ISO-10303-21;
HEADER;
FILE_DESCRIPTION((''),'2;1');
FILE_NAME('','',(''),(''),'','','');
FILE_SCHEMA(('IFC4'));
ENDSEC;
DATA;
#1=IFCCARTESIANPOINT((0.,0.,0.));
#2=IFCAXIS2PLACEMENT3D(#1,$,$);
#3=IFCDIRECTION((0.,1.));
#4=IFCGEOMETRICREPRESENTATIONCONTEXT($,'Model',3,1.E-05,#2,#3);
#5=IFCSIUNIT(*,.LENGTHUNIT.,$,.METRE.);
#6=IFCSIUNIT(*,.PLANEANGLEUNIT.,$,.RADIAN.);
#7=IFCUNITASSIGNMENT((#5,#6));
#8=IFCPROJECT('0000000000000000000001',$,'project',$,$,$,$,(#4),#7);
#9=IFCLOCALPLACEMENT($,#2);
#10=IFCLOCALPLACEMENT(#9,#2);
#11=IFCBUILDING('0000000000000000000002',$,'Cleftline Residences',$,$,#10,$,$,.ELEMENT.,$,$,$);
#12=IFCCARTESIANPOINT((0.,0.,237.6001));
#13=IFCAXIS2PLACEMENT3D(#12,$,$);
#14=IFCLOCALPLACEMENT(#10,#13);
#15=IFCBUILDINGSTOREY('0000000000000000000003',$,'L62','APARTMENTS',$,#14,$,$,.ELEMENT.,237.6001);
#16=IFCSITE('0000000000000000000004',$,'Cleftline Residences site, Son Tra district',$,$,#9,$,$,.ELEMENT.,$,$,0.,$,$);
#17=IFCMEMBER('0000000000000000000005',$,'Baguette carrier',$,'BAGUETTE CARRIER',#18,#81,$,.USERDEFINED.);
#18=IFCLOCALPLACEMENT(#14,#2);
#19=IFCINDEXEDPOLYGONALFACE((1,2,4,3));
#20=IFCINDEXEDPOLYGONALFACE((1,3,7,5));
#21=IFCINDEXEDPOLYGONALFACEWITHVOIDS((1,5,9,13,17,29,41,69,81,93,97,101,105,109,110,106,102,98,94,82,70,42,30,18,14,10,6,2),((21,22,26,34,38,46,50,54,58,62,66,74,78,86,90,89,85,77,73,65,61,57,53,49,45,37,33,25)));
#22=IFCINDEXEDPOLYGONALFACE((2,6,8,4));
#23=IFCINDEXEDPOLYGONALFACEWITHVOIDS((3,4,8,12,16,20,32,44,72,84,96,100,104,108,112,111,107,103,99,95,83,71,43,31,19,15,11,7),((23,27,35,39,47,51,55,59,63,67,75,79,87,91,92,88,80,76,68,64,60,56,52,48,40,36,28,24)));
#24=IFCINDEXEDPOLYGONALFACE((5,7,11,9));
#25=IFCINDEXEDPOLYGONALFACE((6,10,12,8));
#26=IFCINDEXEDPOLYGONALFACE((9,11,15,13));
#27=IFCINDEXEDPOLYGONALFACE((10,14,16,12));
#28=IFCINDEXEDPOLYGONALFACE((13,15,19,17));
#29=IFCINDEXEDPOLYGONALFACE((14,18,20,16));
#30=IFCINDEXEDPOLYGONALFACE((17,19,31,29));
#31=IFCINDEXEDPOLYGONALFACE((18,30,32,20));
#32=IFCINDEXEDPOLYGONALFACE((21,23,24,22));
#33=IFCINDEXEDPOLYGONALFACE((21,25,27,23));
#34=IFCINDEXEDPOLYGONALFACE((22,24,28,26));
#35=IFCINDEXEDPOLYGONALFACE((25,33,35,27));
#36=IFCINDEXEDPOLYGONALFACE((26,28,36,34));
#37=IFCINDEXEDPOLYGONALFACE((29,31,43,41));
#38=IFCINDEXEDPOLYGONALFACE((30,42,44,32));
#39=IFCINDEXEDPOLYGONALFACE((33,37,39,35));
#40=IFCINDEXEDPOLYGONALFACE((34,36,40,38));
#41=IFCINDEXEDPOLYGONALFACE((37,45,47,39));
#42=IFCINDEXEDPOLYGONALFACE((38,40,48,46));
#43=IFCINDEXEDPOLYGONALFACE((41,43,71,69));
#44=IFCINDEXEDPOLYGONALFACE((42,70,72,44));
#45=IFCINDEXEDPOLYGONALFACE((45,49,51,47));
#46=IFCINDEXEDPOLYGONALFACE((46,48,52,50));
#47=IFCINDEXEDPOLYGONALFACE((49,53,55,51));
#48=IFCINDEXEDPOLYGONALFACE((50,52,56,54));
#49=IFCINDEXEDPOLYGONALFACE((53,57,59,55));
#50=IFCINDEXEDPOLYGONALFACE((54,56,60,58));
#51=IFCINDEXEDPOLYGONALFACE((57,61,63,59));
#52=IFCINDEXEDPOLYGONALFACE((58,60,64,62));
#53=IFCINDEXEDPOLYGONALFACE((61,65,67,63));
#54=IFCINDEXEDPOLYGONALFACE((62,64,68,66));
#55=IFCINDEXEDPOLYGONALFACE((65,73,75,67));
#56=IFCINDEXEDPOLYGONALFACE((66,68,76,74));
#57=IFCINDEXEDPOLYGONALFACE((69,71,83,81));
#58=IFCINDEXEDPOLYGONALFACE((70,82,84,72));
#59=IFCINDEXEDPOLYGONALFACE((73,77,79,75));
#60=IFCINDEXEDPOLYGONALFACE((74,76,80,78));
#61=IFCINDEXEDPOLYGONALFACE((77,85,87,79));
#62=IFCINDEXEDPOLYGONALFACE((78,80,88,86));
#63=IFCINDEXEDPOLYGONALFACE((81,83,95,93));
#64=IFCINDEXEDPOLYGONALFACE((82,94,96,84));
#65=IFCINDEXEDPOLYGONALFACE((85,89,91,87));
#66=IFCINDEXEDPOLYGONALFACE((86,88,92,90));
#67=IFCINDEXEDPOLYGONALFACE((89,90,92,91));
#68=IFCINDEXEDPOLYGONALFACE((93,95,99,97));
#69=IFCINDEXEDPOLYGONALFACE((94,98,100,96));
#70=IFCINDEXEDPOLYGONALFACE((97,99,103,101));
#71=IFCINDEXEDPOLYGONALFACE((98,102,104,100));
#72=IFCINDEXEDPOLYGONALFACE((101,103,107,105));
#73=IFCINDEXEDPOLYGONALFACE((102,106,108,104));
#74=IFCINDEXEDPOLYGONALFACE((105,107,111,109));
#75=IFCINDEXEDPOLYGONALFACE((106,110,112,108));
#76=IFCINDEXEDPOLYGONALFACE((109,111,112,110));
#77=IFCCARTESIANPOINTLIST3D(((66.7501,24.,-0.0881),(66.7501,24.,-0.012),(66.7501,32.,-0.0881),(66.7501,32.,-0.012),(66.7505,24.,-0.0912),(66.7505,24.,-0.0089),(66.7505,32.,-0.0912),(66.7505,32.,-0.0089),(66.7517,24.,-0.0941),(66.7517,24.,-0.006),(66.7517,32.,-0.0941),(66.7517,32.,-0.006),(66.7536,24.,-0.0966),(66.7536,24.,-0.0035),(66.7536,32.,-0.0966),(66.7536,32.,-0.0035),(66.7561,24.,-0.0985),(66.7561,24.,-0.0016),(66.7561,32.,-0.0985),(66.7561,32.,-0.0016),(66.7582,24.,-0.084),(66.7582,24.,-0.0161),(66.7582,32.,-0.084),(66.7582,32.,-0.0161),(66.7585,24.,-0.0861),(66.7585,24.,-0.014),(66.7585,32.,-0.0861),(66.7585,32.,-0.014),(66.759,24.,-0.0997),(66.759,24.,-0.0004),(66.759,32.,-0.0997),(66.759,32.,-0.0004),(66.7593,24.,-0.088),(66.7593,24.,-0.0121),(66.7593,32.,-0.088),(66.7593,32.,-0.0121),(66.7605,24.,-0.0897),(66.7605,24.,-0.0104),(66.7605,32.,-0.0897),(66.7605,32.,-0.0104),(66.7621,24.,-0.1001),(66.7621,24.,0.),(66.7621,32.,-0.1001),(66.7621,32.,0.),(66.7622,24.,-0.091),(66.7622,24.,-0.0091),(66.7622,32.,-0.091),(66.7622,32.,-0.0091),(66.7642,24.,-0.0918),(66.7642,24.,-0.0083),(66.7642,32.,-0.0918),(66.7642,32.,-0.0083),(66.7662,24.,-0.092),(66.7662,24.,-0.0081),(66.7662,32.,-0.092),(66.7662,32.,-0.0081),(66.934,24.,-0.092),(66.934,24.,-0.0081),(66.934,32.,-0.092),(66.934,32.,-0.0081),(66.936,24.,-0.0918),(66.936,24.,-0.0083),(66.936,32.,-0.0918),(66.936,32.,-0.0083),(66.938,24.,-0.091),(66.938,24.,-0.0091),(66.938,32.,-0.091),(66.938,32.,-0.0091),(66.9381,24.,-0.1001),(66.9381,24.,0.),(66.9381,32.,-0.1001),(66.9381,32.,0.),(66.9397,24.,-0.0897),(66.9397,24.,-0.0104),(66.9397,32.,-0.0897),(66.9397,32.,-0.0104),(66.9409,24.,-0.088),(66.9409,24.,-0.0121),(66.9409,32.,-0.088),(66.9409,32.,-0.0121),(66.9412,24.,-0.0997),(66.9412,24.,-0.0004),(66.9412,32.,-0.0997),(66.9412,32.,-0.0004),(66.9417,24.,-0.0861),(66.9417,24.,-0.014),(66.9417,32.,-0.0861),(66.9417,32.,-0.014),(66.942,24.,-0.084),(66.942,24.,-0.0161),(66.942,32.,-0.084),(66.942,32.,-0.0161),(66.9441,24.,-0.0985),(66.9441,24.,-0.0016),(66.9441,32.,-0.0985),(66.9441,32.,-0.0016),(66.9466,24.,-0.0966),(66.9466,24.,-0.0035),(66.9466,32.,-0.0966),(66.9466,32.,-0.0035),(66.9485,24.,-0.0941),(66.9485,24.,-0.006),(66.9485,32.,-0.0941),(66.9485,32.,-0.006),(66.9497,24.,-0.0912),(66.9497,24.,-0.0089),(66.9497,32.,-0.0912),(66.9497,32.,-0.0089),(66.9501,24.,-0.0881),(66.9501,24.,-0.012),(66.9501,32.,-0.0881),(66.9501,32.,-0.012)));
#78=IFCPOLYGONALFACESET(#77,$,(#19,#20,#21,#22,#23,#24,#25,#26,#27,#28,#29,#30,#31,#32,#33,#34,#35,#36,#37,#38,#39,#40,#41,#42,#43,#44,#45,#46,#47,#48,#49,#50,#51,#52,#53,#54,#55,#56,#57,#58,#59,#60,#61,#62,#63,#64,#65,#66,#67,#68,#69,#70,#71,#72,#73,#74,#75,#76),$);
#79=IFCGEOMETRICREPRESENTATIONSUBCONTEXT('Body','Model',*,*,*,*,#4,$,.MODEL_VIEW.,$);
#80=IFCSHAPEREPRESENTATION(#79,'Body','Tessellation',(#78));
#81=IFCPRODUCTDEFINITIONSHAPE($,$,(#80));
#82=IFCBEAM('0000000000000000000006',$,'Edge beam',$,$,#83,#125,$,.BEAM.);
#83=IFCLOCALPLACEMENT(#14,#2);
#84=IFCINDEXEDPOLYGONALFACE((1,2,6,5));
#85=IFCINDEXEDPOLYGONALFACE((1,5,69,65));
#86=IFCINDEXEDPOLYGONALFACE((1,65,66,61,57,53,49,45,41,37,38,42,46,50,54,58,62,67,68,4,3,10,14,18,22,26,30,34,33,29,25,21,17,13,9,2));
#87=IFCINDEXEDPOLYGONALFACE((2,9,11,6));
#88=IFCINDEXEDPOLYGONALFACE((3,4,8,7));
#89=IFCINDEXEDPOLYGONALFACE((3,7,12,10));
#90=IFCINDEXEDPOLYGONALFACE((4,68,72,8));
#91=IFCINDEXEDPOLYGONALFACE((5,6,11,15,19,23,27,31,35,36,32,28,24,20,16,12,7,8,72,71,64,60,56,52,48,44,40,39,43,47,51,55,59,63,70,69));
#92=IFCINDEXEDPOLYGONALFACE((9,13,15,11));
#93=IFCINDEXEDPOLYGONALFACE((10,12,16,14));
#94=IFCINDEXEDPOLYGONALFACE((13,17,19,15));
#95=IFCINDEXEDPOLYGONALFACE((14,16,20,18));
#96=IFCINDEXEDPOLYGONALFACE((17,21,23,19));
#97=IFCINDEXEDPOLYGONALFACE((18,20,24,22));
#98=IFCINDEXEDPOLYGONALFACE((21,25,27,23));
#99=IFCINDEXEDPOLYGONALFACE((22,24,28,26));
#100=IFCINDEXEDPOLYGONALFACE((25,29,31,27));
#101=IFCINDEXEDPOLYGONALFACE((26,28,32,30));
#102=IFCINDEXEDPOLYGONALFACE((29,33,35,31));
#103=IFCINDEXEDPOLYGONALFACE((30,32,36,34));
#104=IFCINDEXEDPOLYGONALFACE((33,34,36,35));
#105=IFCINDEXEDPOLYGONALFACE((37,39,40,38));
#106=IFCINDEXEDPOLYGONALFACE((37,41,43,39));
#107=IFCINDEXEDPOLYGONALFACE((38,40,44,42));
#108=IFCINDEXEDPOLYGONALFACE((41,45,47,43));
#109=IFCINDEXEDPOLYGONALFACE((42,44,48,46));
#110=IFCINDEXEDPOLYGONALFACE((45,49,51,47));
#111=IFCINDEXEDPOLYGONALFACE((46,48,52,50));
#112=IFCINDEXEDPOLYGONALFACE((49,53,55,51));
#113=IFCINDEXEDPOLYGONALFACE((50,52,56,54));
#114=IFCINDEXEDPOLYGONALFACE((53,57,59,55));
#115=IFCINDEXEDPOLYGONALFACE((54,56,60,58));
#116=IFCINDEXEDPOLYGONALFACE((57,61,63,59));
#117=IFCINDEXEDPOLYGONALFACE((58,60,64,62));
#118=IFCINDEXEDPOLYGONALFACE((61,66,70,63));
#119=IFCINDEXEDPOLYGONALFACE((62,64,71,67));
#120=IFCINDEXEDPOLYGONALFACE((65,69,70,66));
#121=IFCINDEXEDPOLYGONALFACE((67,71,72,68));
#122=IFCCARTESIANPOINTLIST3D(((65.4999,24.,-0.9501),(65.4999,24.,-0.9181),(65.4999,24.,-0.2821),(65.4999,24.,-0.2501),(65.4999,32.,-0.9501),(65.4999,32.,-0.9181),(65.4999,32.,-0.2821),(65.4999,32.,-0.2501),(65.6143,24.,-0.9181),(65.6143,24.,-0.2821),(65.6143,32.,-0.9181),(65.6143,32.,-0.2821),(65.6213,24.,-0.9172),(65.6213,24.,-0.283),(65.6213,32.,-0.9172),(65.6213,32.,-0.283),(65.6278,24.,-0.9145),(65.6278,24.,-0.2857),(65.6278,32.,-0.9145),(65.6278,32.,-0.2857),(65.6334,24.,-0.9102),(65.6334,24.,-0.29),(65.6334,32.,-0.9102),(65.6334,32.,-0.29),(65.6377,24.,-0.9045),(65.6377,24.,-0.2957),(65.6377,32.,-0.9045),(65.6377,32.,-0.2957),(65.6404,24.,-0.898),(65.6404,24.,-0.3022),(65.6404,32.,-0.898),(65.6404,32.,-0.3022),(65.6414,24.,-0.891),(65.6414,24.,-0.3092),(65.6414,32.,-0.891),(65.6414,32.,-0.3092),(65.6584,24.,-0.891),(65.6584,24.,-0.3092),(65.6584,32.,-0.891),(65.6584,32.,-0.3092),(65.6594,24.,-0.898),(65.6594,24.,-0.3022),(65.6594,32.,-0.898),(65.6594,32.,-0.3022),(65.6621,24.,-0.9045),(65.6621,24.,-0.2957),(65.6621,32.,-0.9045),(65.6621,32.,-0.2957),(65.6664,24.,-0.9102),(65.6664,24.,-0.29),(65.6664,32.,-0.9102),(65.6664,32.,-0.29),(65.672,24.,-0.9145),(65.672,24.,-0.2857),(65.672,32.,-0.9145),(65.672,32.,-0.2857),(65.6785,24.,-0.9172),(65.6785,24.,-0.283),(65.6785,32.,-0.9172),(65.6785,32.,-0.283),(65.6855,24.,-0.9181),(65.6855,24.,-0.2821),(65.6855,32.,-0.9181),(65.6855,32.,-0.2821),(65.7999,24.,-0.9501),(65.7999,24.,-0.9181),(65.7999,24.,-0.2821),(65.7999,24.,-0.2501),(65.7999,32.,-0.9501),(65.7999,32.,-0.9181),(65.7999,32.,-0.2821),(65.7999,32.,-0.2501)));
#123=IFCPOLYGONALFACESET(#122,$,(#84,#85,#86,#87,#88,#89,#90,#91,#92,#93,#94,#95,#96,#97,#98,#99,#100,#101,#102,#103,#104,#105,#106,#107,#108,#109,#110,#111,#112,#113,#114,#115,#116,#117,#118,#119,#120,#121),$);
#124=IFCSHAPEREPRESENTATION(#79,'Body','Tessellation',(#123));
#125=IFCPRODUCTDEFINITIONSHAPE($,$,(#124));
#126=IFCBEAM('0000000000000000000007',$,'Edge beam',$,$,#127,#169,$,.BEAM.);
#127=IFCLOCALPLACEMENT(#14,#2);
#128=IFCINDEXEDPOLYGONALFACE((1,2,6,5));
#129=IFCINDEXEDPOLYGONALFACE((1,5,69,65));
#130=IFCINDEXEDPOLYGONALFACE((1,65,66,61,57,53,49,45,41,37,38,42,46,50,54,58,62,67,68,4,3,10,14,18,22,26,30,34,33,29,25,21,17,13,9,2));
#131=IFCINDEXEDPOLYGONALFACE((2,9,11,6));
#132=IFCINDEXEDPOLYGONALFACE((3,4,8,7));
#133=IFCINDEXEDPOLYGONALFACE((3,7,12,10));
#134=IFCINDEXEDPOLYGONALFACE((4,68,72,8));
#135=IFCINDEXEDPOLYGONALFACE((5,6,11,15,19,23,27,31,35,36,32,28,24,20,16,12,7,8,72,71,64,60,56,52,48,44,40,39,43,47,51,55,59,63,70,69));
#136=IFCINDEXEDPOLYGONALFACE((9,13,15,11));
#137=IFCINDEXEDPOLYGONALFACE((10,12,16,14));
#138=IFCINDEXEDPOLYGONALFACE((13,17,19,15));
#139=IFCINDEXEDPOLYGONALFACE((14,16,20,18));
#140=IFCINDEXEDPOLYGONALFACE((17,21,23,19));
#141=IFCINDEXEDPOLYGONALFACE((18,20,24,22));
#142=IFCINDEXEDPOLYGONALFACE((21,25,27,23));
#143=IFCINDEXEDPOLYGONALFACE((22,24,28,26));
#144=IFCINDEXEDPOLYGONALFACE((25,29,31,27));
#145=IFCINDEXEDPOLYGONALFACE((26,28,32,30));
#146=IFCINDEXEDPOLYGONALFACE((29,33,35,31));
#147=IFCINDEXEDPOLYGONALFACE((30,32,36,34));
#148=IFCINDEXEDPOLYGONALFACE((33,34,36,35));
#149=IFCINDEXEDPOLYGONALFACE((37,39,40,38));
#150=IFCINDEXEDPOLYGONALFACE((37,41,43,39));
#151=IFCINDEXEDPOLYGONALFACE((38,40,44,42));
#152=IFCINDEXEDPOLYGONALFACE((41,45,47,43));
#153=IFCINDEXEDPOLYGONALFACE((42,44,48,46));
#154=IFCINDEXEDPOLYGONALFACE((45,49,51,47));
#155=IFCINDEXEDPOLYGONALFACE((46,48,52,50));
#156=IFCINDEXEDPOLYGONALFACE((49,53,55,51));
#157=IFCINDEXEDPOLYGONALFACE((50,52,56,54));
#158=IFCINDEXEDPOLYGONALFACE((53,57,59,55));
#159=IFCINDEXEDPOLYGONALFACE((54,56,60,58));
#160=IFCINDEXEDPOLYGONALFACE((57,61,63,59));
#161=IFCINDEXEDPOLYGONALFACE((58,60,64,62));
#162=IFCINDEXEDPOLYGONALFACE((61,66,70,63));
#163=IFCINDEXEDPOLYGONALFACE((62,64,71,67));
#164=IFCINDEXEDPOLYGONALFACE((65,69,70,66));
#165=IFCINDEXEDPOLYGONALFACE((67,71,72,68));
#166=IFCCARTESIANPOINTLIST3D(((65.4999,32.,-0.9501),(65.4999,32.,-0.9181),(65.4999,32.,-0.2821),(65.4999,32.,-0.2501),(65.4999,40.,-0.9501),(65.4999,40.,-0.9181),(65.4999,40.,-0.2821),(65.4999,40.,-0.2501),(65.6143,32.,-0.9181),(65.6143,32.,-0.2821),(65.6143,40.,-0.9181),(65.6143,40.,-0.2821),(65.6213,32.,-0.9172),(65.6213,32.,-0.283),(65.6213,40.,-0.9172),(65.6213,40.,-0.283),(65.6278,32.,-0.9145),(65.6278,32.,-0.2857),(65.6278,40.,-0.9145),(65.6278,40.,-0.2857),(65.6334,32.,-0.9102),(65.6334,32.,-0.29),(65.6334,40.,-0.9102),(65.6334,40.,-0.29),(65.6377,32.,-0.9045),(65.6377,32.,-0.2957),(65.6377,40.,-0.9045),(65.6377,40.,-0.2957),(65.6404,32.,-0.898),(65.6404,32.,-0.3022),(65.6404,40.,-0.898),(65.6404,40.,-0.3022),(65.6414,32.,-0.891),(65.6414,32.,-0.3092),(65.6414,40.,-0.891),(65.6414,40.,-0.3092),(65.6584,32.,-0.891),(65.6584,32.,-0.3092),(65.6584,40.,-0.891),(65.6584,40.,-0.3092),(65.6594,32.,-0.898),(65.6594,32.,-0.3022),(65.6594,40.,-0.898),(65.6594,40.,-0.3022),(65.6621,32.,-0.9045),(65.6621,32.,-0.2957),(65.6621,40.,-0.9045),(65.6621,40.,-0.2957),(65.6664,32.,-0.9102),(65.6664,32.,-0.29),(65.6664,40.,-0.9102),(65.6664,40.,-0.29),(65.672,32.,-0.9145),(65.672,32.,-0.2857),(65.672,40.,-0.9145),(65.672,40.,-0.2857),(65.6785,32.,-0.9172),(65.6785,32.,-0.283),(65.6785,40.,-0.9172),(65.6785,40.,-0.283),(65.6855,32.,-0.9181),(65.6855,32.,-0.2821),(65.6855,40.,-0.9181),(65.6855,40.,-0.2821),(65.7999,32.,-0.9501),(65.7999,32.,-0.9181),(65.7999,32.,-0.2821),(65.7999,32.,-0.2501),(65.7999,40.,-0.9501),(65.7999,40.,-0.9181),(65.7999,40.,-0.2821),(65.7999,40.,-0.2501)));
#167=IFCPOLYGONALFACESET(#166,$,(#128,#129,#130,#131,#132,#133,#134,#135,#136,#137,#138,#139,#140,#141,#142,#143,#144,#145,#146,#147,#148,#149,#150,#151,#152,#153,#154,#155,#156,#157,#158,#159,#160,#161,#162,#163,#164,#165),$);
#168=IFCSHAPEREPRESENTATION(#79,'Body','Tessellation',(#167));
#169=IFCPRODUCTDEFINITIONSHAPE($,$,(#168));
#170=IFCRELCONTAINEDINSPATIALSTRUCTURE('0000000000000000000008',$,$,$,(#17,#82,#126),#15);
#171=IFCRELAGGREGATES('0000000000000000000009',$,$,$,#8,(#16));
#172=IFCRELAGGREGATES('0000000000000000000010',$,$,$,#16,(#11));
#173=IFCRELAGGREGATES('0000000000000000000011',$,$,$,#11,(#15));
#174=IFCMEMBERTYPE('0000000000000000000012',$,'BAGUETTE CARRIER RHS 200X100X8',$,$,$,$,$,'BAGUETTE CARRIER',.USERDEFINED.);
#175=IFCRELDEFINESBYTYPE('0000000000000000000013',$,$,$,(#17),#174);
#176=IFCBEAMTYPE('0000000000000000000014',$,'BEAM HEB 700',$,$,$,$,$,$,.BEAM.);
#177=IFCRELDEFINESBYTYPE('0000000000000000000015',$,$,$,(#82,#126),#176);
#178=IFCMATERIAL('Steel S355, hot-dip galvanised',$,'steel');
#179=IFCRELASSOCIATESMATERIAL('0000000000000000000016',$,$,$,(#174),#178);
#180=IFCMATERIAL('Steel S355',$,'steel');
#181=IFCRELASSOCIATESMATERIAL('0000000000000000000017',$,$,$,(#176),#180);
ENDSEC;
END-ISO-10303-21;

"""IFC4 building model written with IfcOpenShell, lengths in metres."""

from ifc_helpers import new_model, si_unit, direction, frame, origin, origin_2d, place, context, subcontext, project, spatial, hollow_rectangle, i_section, extrude, material, material_profile, profile_set, type_object, element, save


model = new_model("IFC4")

# Units and contexts
model_context = context("Model", 3, precision=1e-05, world=origin(), true_north=direction((0.0, 1.0)))
body_context = subcontext(model_context, "Body", "Model", "MODEL_VIEW")
ifc_project = project(units=[si_unit("LENGTHUNIT", "METRE"), si_unit("PLANEANGLEUNIT", "RADIAN")], contexts=[model_context])

# Site, building, storey
site_placement = place(None, origin())
site = spatial("IfcSite", under=ifc_project, at=site_placement, Name="Cleftline Residences site, Son Tra district", CompositionType="ELEMENT", RefElevation=0.0)
building_placement = place(site_placement, origin())
building = spatial("IfcBuilding", under=site, at=building_placement, Name="Cleftline Residences", CompositionType="ELEMENT")
storey_placement = place(building_placement, frame((0.0, 0.0, 237.6001)))
storey = spatial("IfcBuildingStorey", under=building, at=storey_placement, Name="L62", Description="APARTMENTS", CompositionType="ELEMENT", Elevation=237.6001)

# Member
ifc_material_1 = material(Name="Steel S355, hot-dip galvanised", Category="steel")
ifc_material_profile_1 = material_profile(ifc_material_1, hollow_rectangle(XDim=0.1001, YDim=0.2, WallThickness=0.0081, InnerFilletRadius=0.0081, OuterFilletRadius=0.012, at=origin_2d()))
ifc_profile_set_1 = profile_set([ifc_material_profile_1], Name="Steel S355, hot-dip galvanised")
member_type_1 = type_object("IfcMemberType", Name="BAGUETTE CARRIER RHS 200X100X8", ElementType="BAGUETTE CARRIER", PredefinedType="USERDEFINED", material=ifc_profile_set_1)
member_placement = place(storey_placement, frame((66.8501, 24.0, -0.05), z_axis=(0.0, 1.0, 0.0), x_axis=(0.0, 0.0, 1.0)))
element("IfcMember", 1, at=member_placement, inside=storey, type_object=member_type_1, Name="Baguette carrier", ObjectType="BAGUETTE CARRIER", PredefinedType="USERDEFINED", context=body_context, shape_type="SweptSolid", body=[
    extrude(hollow_rectangle(XDim=0.1001, YDim=0.2, WallThickness=0.0081, InnerFilletRadius=0.0081, OuterFilletRadius=0.012, at=origin_2d()), origin(), (0.0, 0.0, 1.0), 8.0),
])

# Beams
ifc_material_2 = material(Name="Steel S355", Category="steel")
ifc_material_profile_2 = material_profile(ifc_material_2, i_section(OverallWidth=0.3, OverallDepth=0.7, WebThickness=0.0171, FlangeThickness=0.032, FilletRadius=0.0271, at=origin_2d()))
ifc_profile_set_2 = profile_set([ifc_material_profile_2], Name="Steel S355")
beam_type_1 = type_object("IfcBeamType", Name="BEAM HEB 700", PredefinedType="BEAM", material=ifc_profile_set_2)
for number, where, z_axis, x_axis, name in (
    (2, (65.6499, 24.0, -0.6001), (0.0, 1.0, 0.0), (-1.0, 0.0, 0.0), "Edge beam"),
    (3, (65.6499, 32.0, -0.6001), (0.0, 1.0, 0.0), (-1.0, 0.0, 0.0), "Edge beam"),
):
    element("IfcBeam", number, at=place(storey_placement, frame(where, z_axis=z_axis, x_axis=x_axis)), inside=storey, type_object=beam_type_1, Name=name, PredefinedType="BEAM", context=body_context, shape_type="SweptSolid", body=[
        extrude(i_section(OverallWidth=0.3, OverallDepth=0.7, WebThickness=0.0171, FlangeThickness=0.032, FilletRadius=0.0271, at=origin_2d()), origin(), (0.0, 0.0, 1.0), 8.0),
    ])

save(model, "model.ifc")
